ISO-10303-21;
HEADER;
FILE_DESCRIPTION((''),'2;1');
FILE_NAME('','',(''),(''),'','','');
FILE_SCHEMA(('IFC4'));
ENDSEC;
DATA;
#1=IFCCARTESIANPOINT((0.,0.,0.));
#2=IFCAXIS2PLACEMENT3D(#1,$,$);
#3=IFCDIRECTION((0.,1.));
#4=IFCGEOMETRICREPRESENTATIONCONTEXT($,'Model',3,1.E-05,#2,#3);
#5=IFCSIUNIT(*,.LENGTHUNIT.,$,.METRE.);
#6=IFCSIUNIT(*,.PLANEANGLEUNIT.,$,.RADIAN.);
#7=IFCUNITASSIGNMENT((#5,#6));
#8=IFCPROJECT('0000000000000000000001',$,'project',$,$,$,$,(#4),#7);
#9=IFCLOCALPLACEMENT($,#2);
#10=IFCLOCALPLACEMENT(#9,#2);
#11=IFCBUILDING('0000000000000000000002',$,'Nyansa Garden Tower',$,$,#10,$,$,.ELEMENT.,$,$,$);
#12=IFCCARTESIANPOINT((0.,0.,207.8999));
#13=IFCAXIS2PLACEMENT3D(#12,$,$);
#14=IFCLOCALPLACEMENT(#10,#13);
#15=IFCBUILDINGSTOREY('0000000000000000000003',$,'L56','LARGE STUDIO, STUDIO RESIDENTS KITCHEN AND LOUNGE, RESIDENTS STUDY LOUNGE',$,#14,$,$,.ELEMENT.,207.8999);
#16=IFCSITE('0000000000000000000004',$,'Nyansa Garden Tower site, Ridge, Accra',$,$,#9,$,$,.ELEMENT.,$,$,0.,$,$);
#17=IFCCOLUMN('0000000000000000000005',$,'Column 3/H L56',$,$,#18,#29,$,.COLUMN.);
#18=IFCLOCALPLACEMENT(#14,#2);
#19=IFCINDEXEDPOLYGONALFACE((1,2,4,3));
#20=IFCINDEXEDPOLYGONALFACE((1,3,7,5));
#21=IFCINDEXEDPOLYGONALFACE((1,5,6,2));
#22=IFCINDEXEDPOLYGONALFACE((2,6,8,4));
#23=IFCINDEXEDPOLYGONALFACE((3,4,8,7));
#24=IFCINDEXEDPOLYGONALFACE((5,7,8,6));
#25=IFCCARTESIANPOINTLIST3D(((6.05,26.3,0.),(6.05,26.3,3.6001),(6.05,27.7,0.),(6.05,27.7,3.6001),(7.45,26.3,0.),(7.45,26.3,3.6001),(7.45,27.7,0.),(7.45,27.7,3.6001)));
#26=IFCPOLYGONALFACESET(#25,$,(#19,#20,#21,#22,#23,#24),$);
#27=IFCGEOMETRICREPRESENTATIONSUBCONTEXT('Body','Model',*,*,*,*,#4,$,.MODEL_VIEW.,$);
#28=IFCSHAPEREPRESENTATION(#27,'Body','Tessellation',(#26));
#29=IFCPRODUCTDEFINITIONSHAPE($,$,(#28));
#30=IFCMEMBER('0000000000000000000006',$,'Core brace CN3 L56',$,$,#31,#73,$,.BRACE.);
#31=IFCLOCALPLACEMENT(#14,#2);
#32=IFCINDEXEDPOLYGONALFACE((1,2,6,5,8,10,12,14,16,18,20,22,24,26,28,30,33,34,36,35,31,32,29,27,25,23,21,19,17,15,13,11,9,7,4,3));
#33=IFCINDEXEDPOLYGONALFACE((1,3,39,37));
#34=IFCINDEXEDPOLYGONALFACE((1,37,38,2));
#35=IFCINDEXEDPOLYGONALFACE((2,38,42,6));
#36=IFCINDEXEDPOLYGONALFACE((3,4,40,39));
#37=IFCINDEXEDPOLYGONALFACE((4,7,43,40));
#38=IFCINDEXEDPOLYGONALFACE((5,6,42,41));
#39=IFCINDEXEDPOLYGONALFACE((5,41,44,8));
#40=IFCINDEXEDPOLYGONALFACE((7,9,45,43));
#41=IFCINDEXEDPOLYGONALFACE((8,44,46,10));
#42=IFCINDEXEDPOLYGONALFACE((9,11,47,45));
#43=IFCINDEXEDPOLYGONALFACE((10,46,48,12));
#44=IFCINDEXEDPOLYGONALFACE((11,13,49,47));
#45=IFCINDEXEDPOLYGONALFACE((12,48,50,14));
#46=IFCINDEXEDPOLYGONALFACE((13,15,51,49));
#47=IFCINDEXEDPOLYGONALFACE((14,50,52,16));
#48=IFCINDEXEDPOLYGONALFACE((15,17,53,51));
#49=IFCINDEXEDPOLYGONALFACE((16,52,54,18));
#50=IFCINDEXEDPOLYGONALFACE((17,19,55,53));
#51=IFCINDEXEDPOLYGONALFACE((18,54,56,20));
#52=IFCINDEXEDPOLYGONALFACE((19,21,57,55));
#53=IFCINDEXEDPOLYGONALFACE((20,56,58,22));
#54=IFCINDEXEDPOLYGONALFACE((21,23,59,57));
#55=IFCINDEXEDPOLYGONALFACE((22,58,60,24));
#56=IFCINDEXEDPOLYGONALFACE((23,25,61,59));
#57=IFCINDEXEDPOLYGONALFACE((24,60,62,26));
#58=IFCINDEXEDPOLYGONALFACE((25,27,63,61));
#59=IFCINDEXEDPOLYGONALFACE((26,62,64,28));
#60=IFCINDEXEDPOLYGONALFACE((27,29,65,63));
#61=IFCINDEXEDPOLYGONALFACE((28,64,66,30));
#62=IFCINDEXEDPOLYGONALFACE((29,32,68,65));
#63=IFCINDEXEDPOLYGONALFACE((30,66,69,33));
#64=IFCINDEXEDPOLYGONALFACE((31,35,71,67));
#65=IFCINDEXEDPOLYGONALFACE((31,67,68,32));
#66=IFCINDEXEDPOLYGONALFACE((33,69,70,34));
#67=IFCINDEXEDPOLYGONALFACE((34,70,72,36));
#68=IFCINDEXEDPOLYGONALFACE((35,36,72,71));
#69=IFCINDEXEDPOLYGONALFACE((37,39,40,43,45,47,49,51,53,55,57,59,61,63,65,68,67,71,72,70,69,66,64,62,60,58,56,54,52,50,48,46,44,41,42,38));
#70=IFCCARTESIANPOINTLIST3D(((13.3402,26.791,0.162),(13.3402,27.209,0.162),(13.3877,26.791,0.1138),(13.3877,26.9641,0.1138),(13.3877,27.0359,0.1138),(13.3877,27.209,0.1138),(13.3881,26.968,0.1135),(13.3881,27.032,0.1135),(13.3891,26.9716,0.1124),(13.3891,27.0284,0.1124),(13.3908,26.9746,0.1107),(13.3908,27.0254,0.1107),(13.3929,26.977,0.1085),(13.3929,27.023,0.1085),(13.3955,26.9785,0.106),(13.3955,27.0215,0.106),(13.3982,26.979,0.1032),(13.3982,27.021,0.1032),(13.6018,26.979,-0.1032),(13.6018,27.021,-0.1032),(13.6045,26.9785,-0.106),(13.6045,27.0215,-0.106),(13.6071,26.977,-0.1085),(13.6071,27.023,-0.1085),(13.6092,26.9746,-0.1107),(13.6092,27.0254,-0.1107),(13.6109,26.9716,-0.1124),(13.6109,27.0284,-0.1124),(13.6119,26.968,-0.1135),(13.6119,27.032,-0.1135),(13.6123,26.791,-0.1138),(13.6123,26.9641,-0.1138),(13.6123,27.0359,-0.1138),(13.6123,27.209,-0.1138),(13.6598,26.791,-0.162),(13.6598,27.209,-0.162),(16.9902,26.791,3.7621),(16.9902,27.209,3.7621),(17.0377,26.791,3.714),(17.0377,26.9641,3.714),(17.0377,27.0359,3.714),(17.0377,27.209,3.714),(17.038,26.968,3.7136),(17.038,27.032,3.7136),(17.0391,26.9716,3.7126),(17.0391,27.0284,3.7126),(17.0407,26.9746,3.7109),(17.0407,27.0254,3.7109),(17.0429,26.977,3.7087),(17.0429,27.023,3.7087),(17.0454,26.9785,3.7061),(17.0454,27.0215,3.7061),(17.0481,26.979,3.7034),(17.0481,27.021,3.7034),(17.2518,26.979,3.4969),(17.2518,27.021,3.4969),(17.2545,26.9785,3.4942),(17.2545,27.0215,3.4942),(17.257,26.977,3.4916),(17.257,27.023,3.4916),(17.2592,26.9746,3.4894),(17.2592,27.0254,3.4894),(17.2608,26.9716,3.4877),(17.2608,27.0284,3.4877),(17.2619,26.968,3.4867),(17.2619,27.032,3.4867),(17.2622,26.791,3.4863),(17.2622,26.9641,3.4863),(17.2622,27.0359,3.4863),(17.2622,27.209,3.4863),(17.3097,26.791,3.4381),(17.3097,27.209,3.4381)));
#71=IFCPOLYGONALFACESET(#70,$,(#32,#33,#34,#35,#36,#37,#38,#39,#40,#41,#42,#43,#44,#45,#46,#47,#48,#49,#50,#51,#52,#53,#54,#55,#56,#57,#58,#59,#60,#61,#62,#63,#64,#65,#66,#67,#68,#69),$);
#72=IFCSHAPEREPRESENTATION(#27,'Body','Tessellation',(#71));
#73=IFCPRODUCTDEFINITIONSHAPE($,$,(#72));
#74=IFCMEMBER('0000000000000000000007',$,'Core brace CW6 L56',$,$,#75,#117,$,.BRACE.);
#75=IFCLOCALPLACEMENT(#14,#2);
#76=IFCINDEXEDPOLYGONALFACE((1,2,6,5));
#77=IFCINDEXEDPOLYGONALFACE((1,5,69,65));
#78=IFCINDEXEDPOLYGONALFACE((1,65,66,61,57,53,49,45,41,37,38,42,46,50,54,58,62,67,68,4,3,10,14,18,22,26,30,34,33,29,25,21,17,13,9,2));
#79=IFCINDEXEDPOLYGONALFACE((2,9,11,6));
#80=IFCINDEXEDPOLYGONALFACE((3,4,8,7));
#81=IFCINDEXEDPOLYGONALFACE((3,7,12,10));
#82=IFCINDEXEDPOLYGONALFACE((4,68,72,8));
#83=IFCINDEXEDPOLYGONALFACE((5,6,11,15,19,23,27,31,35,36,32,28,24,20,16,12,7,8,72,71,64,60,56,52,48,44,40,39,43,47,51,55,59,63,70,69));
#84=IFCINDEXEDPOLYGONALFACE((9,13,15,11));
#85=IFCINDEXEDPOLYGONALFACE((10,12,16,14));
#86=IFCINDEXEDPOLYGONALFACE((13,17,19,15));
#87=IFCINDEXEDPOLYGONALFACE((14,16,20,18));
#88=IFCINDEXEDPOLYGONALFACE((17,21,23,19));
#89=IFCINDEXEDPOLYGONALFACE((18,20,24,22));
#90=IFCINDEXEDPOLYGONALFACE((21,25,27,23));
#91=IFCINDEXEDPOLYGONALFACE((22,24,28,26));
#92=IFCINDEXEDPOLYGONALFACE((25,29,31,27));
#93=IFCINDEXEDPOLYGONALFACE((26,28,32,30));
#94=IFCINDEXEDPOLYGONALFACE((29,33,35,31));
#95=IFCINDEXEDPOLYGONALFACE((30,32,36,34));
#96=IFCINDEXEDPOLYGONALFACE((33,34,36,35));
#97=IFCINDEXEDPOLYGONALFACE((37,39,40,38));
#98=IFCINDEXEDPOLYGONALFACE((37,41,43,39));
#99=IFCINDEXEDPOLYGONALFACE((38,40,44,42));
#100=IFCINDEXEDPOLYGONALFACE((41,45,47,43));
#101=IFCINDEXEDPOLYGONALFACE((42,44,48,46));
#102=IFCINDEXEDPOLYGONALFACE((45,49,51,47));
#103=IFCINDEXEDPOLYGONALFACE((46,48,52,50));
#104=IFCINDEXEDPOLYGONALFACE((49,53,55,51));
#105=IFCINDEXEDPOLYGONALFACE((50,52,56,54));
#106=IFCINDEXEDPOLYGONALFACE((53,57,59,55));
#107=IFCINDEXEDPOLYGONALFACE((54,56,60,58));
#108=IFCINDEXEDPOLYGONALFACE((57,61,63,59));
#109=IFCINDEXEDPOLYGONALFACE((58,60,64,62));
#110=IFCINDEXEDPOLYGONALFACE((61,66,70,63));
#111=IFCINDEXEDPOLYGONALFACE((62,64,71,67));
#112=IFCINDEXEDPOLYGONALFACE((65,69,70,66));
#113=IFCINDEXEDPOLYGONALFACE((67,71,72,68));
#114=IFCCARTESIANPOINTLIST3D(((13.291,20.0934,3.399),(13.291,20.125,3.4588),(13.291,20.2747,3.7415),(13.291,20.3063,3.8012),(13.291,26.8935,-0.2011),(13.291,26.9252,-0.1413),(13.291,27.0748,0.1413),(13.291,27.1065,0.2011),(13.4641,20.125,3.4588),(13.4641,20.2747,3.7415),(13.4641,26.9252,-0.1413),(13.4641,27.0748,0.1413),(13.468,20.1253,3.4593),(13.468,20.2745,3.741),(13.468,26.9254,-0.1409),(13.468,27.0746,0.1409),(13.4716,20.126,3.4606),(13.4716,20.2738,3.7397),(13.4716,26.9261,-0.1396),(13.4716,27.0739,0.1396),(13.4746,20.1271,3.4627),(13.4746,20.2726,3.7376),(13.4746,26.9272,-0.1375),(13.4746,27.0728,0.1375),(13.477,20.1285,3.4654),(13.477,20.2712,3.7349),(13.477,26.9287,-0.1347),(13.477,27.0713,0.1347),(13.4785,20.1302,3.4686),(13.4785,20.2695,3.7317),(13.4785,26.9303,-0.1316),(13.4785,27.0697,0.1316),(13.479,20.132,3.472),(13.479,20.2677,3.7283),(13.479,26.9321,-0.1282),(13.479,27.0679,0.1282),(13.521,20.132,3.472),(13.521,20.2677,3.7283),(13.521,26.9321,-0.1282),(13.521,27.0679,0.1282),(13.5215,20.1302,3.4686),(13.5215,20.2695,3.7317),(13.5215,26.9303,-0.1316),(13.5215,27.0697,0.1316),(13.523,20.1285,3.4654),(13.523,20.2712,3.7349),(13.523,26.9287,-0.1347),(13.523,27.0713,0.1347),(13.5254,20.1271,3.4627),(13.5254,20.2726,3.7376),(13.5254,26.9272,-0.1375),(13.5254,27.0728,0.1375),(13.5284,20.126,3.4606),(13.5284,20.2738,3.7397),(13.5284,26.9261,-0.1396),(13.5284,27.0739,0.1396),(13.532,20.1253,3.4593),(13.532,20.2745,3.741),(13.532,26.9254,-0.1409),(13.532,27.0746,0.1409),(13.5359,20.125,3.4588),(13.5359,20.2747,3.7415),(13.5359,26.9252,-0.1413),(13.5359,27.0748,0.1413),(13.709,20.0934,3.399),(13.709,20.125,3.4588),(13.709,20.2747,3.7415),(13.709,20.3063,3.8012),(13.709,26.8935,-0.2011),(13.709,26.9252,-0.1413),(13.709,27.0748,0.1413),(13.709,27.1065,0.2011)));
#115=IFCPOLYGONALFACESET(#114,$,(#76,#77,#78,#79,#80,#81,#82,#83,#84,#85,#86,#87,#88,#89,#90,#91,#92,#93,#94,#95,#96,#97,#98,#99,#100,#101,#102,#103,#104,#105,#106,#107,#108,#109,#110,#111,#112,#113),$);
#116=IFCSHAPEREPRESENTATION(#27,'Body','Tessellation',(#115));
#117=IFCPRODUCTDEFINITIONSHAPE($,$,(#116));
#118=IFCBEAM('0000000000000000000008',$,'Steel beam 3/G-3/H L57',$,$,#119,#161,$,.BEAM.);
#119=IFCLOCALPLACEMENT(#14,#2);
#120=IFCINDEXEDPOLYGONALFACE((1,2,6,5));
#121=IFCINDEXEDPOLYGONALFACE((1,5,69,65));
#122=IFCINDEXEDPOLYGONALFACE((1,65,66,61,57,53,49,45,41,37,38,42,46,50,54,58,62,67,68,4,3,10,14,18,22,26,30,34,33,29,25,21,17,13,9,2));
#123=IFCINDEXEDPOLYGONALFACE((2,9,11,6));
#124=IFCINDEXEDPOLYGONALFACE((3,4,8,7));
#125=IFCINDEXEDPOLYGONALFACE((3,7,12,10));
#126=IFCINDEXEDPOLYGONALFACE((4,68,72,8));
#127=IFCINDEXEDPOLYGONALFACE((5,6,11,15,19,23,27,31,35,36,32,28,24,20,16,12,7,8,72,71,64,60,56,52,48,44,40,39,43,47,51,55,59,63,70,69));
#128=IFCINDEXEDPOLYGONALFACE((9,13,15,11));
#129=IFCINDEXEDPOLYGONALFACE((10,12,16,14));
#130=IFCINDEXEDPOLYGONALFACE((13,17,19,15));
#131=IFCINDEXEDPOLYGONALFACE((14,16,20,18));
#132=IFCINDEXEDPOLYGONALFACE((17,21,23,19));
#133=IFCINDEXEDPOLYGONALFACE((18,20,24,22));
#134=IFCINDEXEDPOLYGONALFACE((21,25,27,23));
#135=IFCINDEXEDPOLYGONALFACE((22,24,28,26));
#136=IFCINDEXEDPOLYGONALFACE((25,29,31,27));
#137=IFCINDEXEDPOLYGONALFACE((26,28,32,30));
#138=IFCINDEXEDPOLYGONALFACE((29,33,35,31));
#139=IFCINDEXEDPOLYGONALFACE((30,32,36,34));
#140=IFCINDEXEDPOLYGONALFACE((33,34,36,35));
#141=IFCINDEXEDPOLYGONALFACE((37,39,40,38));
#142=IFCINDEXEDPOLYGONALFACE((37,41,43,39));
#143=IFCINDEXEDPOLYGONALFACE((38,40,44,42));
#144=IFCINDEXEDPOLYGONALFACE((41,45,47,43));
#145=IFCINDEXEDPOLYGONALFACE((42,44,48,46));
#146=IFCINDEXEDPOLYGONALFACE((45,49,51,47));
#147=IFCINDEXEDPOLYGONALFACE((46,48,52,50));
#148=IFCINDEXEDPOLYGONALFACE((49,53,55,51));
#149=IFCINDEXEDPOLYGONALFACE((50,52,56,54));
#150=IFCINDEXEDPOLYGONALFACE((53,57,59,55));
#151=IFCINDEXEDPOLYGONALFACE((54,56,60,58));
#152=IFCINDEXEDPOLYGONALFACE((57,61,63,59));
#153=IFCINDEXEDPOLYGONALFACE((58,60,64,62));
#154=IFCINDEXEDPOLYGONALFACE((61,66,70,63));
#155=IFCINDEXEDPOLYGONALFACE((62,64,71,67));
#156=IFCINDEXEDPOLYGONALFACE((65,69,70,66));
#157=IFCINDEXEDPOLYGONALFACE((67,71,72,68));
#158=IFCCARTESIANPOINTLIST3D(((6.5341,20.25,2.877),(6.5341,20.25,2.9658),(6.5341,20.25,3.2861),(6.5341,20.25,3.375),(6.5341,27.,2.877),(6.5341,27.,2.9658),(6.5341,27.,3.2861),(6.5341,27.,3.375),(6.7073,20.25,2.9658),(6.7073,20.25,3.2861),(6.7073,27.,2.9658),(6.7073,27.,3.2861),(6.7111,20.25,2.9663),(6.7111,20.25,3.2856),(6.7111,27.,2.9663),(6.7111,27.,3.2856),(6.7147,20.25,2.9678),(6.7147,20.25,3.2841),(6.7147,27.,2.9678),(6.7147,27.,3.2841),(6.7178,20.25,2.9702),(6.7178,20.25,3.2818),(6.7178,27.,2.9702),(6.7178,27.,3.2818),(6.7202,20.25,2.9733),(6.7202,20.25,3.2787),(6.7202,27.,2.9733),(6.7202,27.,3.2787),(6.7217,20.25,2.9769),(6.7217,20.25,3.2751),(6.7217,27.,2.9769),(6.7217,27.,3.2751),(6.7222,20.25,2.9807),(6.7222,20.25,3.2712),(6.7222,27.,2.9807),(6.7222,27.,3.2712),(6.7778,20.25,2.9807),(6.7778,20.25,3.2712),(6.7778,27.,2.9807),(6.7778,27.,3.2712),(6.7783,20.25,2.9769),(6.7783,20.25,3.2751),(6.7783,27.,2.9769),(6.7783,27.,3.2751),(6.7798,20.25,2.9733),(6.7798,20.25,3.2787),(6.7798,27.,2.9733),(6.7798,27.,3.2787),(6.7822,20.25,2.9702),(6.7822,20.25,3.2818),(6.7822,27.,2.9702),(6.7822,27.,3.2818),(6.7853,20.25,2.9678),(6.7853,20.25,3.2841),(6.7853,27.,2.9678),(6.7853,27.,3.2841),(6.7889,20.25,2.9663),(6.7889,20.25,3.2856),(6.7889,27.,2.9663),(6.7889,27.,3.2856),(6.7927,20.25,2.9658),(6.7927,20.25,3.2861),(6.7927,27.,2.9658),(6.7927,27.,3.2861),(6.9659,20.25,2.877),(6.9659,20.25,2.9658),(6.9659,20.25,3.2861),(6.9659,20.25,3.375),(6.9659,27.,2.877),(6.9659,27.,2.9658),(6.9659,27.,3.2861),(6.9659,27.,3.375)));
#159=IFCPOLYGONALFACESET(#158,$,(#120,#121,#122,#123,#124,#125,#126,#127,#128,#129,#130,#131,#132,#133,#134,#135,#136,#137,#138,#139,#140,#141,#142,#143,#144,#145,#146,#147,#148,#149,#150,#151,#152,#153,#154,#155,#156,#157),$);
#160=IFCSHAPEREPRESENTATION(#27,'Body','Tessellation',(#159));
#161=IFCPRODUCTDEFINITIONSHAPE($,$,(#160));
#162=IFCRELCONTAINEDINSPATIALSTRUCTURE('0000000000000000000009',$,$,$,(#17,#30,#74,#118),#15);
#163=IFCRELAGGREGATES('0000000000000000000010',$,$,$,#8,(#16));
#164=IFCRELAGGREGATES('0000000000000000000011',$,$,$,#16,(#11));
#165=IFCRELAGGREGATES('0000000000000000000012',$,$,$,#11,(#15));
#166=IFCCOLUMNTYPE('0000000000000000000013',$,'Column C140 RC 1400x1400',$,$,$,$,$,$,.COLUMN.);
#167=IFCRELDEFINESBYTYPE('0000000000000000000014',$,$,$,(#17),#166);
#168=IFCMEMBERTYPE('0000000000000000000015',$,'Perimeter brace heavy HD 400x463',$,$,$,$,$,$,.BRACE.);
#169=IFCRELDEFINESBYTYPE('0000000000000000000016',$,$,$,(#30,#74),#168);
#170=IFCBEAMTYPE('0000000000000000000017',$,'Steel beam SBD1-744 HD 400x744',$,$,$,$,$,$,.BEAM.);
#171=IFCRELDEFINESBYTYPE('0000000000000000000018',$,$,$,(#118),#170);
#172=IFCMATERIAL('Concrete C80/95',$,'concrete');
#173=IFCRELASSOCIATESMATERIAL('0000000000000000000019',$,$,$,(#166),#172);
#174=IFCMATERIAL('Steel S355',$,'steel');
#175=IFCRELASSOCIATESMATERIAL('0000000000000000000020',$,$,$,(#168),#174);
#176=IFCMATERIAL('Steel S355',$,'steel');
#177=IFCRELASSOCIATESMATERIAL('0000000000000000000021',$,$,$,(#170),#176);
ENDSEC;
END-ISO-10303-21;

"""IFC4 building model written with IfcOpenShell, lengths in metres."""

from ifc_helpers import new_model, si_unit, direction, frame, origin, origin_2d, place, context, subcontext, project, spatial, rectangle, i_section, extrude, material, material_profile, profile_set, type_object, element, save


model = new_model("IFC4")

# Units and contexts
model_context = context("Model", 3, precision=1e-05, world=origin(), true_north=direction((0.0, 1.0)))
body_context = subcontext(model_context, "Body", "Model", "MODEL_VIEW")
ifc_project = project(units=[si_unit("LENGTHUNIT", "METRE"), si_unit("PLANEANGLEUNIT", "RADIAN")], contexts=[model_context])

# Site, building, storey
site_placement = place(None, origin())
site = spatial("IfcSite", under=ifc_project, at=site_placement, Name="Nyansa Garden Tower site, Ridge, Accra", CompositionType="ELEMENT", RefElevation=0.0)
building_placement = place(site_placement, origin())
building = spatial("IfcBuilding", under=site, at=building_placement, Name="Nyansa Garden Tower", CompositionType="ELEMENT")
storey_placement = place(building_placement, frame((0.0, 0.0, 207.8999)))
storey = spatial("IfcBuildingStorey", under=building, at=storey_placement, Name="L56", Description="LARGE STUDIO, STUDIO RESIDENTS KITCHEN AND LOUNGE, RESIDENTS STUDY LOUNGE", CompositionType="ELEMENT", Elevation=207.8999)

# Column
ifc_material_1 = material(Name="Concrete C80/95", Category="concrete")
ifc_material_profile_1 = material_profile(ifc_material_1, rectangle(XDim=1.3999, YDim=1.3999, at=origin_2d()), Name="RC 1400x1400")
ifc_profile_set_1 = profile_set([ifc_material_profile_1], Name="Concrete C80/95")
column_type = type_object("IfcColumnType", Name="Column C140 RC 1400x1400", PredefinedType="COLUMN", material=ifc_profile_set_1)
column_placement = place(storey_placement, frame((6.75, 27.0, 0.0), z_axis=(0.0, 0.0, 1.0), x_axis=(1.0, 0.0, 0.0)))
element("IfcColumn", 1, at=column_placement, inside=storey, type_object=column_type, Name="Column 3/H L56", PredefinedType="COLUMN", context=body_context, shape_type="SweptSolid", body=[
    extrude(rectangle(XDim=1.3999, YDim=1.3999, at=origin_2d()), origin(), (0.0, 0.0, 1.0), 3.6001),
])

# Members
ifc_material_2 = material(Name="Steel S355", Category="steel")
ifc_material_profile_2 = material_profile(ifc_material_2, i_section(OverallWidth=0.418, OverallDepth=0.4551, WebThickness=0.042, FlangeThickness=0.0676, FilletRadius=0.0149, at=origin_2d()), Name="HD 400x463")
ifc_profile_set_2 = profile_set([ifc_material_profile_2], Name="Steel S355")
member_type = type_object("IfcMemberType", Name="Perimeter brace heavy HD 400x463", PredefinedType="BRACE", material=ifc_profile_set_2)
member_1_placement = place(storey_placement, frame((13.5, 27.0, 0.0), z_axis=(0.711948, 0.0, 0.702233), x_axis=(0.0, 1.0, 0.0)))
element("IfcMember", 2, at=member_1_placement, inside=storey, type_object=member_type, Name="Core brace CN3 L56", PredefinedType="BRACE", context=body_context, shape_type="SweptSolid", body=[
    extrude(i_section(OverallWidth=0.418, OverallDepth=0.4551, WebThickness=0.042, FlangeThickness=0.0676, FilletRadius=0.0149, at=origin_2d()), origin(), (0.0, 0.0, 1.0), 5.1267),
])
member_2_placement = place(storey_placement, frame((13.5, 27.0, 0.0), z_axis=(0.0, -0.883784, 0.467895), x_axis=(1.0, 0.0, 0.0)))
element("IfcMember", 3, at=member_2_placement, inside=storey, type_object=member_type, Name="Core brace CW6 L56", PredefinedType="BRACE", context=body_context, shape_type="SweptSolid", body=[
    extrude(i_section(OverallWidth=0.418, OverallDepth=0.4551, WebThickness=0.042, FlangeThickness=0.0676, FilletRadius=0.0149, at=origin_2d()), origin(), (0.0, 0.0, 1.0), 7.6943),
])

# Beam
ifc_material_3 = material(Name="Steel S355", Category="steel")
ifc_material_profile_3 = material_profile(ifc_material_3, i_section(OverallWidth=0.4319, OverallDepth=0.498, WebThickness=0.0557, FlangeThickness=0.0889, FilletRadius=0.0149, at=origin_2d()), Name="HD 400x744")
ifc_profile_set_3 = profile_set([ifc_material_profile_3], Name="Steel S355")
beam_type_1 = type_object("IfcBeamType", Name="Steel beam SBD1-744 HD 400x744", PredefinedType="BEAM", material=ifc_profile_set_3)
beam_1_placement = place(storey_placement, frame((6.75, 20.25, 3.126), z_axis=(0.0, 1.0, 0.0), x_axis=(-1.0, 0.0, 0.0)))
element("IfcBeam", 4, at=beam_1_placement, inside=storey, type_object=beam_type_1, Name="Steel beam 3/G-3/H L57", PredefinedType="BEAM", context=body_context, shape_type="SweptSolid", body=[
    extrude(i_section(OverallWidth=0.4319, OverallDepth=0.498, WebThickness=0.0557, FlangeThickness=0.0889, FilletRadius=0.0149, at=origin_2d()), origin(), (0.0, 0.0, 1.0), 6.75),
])

save(model, "model.ifc")
